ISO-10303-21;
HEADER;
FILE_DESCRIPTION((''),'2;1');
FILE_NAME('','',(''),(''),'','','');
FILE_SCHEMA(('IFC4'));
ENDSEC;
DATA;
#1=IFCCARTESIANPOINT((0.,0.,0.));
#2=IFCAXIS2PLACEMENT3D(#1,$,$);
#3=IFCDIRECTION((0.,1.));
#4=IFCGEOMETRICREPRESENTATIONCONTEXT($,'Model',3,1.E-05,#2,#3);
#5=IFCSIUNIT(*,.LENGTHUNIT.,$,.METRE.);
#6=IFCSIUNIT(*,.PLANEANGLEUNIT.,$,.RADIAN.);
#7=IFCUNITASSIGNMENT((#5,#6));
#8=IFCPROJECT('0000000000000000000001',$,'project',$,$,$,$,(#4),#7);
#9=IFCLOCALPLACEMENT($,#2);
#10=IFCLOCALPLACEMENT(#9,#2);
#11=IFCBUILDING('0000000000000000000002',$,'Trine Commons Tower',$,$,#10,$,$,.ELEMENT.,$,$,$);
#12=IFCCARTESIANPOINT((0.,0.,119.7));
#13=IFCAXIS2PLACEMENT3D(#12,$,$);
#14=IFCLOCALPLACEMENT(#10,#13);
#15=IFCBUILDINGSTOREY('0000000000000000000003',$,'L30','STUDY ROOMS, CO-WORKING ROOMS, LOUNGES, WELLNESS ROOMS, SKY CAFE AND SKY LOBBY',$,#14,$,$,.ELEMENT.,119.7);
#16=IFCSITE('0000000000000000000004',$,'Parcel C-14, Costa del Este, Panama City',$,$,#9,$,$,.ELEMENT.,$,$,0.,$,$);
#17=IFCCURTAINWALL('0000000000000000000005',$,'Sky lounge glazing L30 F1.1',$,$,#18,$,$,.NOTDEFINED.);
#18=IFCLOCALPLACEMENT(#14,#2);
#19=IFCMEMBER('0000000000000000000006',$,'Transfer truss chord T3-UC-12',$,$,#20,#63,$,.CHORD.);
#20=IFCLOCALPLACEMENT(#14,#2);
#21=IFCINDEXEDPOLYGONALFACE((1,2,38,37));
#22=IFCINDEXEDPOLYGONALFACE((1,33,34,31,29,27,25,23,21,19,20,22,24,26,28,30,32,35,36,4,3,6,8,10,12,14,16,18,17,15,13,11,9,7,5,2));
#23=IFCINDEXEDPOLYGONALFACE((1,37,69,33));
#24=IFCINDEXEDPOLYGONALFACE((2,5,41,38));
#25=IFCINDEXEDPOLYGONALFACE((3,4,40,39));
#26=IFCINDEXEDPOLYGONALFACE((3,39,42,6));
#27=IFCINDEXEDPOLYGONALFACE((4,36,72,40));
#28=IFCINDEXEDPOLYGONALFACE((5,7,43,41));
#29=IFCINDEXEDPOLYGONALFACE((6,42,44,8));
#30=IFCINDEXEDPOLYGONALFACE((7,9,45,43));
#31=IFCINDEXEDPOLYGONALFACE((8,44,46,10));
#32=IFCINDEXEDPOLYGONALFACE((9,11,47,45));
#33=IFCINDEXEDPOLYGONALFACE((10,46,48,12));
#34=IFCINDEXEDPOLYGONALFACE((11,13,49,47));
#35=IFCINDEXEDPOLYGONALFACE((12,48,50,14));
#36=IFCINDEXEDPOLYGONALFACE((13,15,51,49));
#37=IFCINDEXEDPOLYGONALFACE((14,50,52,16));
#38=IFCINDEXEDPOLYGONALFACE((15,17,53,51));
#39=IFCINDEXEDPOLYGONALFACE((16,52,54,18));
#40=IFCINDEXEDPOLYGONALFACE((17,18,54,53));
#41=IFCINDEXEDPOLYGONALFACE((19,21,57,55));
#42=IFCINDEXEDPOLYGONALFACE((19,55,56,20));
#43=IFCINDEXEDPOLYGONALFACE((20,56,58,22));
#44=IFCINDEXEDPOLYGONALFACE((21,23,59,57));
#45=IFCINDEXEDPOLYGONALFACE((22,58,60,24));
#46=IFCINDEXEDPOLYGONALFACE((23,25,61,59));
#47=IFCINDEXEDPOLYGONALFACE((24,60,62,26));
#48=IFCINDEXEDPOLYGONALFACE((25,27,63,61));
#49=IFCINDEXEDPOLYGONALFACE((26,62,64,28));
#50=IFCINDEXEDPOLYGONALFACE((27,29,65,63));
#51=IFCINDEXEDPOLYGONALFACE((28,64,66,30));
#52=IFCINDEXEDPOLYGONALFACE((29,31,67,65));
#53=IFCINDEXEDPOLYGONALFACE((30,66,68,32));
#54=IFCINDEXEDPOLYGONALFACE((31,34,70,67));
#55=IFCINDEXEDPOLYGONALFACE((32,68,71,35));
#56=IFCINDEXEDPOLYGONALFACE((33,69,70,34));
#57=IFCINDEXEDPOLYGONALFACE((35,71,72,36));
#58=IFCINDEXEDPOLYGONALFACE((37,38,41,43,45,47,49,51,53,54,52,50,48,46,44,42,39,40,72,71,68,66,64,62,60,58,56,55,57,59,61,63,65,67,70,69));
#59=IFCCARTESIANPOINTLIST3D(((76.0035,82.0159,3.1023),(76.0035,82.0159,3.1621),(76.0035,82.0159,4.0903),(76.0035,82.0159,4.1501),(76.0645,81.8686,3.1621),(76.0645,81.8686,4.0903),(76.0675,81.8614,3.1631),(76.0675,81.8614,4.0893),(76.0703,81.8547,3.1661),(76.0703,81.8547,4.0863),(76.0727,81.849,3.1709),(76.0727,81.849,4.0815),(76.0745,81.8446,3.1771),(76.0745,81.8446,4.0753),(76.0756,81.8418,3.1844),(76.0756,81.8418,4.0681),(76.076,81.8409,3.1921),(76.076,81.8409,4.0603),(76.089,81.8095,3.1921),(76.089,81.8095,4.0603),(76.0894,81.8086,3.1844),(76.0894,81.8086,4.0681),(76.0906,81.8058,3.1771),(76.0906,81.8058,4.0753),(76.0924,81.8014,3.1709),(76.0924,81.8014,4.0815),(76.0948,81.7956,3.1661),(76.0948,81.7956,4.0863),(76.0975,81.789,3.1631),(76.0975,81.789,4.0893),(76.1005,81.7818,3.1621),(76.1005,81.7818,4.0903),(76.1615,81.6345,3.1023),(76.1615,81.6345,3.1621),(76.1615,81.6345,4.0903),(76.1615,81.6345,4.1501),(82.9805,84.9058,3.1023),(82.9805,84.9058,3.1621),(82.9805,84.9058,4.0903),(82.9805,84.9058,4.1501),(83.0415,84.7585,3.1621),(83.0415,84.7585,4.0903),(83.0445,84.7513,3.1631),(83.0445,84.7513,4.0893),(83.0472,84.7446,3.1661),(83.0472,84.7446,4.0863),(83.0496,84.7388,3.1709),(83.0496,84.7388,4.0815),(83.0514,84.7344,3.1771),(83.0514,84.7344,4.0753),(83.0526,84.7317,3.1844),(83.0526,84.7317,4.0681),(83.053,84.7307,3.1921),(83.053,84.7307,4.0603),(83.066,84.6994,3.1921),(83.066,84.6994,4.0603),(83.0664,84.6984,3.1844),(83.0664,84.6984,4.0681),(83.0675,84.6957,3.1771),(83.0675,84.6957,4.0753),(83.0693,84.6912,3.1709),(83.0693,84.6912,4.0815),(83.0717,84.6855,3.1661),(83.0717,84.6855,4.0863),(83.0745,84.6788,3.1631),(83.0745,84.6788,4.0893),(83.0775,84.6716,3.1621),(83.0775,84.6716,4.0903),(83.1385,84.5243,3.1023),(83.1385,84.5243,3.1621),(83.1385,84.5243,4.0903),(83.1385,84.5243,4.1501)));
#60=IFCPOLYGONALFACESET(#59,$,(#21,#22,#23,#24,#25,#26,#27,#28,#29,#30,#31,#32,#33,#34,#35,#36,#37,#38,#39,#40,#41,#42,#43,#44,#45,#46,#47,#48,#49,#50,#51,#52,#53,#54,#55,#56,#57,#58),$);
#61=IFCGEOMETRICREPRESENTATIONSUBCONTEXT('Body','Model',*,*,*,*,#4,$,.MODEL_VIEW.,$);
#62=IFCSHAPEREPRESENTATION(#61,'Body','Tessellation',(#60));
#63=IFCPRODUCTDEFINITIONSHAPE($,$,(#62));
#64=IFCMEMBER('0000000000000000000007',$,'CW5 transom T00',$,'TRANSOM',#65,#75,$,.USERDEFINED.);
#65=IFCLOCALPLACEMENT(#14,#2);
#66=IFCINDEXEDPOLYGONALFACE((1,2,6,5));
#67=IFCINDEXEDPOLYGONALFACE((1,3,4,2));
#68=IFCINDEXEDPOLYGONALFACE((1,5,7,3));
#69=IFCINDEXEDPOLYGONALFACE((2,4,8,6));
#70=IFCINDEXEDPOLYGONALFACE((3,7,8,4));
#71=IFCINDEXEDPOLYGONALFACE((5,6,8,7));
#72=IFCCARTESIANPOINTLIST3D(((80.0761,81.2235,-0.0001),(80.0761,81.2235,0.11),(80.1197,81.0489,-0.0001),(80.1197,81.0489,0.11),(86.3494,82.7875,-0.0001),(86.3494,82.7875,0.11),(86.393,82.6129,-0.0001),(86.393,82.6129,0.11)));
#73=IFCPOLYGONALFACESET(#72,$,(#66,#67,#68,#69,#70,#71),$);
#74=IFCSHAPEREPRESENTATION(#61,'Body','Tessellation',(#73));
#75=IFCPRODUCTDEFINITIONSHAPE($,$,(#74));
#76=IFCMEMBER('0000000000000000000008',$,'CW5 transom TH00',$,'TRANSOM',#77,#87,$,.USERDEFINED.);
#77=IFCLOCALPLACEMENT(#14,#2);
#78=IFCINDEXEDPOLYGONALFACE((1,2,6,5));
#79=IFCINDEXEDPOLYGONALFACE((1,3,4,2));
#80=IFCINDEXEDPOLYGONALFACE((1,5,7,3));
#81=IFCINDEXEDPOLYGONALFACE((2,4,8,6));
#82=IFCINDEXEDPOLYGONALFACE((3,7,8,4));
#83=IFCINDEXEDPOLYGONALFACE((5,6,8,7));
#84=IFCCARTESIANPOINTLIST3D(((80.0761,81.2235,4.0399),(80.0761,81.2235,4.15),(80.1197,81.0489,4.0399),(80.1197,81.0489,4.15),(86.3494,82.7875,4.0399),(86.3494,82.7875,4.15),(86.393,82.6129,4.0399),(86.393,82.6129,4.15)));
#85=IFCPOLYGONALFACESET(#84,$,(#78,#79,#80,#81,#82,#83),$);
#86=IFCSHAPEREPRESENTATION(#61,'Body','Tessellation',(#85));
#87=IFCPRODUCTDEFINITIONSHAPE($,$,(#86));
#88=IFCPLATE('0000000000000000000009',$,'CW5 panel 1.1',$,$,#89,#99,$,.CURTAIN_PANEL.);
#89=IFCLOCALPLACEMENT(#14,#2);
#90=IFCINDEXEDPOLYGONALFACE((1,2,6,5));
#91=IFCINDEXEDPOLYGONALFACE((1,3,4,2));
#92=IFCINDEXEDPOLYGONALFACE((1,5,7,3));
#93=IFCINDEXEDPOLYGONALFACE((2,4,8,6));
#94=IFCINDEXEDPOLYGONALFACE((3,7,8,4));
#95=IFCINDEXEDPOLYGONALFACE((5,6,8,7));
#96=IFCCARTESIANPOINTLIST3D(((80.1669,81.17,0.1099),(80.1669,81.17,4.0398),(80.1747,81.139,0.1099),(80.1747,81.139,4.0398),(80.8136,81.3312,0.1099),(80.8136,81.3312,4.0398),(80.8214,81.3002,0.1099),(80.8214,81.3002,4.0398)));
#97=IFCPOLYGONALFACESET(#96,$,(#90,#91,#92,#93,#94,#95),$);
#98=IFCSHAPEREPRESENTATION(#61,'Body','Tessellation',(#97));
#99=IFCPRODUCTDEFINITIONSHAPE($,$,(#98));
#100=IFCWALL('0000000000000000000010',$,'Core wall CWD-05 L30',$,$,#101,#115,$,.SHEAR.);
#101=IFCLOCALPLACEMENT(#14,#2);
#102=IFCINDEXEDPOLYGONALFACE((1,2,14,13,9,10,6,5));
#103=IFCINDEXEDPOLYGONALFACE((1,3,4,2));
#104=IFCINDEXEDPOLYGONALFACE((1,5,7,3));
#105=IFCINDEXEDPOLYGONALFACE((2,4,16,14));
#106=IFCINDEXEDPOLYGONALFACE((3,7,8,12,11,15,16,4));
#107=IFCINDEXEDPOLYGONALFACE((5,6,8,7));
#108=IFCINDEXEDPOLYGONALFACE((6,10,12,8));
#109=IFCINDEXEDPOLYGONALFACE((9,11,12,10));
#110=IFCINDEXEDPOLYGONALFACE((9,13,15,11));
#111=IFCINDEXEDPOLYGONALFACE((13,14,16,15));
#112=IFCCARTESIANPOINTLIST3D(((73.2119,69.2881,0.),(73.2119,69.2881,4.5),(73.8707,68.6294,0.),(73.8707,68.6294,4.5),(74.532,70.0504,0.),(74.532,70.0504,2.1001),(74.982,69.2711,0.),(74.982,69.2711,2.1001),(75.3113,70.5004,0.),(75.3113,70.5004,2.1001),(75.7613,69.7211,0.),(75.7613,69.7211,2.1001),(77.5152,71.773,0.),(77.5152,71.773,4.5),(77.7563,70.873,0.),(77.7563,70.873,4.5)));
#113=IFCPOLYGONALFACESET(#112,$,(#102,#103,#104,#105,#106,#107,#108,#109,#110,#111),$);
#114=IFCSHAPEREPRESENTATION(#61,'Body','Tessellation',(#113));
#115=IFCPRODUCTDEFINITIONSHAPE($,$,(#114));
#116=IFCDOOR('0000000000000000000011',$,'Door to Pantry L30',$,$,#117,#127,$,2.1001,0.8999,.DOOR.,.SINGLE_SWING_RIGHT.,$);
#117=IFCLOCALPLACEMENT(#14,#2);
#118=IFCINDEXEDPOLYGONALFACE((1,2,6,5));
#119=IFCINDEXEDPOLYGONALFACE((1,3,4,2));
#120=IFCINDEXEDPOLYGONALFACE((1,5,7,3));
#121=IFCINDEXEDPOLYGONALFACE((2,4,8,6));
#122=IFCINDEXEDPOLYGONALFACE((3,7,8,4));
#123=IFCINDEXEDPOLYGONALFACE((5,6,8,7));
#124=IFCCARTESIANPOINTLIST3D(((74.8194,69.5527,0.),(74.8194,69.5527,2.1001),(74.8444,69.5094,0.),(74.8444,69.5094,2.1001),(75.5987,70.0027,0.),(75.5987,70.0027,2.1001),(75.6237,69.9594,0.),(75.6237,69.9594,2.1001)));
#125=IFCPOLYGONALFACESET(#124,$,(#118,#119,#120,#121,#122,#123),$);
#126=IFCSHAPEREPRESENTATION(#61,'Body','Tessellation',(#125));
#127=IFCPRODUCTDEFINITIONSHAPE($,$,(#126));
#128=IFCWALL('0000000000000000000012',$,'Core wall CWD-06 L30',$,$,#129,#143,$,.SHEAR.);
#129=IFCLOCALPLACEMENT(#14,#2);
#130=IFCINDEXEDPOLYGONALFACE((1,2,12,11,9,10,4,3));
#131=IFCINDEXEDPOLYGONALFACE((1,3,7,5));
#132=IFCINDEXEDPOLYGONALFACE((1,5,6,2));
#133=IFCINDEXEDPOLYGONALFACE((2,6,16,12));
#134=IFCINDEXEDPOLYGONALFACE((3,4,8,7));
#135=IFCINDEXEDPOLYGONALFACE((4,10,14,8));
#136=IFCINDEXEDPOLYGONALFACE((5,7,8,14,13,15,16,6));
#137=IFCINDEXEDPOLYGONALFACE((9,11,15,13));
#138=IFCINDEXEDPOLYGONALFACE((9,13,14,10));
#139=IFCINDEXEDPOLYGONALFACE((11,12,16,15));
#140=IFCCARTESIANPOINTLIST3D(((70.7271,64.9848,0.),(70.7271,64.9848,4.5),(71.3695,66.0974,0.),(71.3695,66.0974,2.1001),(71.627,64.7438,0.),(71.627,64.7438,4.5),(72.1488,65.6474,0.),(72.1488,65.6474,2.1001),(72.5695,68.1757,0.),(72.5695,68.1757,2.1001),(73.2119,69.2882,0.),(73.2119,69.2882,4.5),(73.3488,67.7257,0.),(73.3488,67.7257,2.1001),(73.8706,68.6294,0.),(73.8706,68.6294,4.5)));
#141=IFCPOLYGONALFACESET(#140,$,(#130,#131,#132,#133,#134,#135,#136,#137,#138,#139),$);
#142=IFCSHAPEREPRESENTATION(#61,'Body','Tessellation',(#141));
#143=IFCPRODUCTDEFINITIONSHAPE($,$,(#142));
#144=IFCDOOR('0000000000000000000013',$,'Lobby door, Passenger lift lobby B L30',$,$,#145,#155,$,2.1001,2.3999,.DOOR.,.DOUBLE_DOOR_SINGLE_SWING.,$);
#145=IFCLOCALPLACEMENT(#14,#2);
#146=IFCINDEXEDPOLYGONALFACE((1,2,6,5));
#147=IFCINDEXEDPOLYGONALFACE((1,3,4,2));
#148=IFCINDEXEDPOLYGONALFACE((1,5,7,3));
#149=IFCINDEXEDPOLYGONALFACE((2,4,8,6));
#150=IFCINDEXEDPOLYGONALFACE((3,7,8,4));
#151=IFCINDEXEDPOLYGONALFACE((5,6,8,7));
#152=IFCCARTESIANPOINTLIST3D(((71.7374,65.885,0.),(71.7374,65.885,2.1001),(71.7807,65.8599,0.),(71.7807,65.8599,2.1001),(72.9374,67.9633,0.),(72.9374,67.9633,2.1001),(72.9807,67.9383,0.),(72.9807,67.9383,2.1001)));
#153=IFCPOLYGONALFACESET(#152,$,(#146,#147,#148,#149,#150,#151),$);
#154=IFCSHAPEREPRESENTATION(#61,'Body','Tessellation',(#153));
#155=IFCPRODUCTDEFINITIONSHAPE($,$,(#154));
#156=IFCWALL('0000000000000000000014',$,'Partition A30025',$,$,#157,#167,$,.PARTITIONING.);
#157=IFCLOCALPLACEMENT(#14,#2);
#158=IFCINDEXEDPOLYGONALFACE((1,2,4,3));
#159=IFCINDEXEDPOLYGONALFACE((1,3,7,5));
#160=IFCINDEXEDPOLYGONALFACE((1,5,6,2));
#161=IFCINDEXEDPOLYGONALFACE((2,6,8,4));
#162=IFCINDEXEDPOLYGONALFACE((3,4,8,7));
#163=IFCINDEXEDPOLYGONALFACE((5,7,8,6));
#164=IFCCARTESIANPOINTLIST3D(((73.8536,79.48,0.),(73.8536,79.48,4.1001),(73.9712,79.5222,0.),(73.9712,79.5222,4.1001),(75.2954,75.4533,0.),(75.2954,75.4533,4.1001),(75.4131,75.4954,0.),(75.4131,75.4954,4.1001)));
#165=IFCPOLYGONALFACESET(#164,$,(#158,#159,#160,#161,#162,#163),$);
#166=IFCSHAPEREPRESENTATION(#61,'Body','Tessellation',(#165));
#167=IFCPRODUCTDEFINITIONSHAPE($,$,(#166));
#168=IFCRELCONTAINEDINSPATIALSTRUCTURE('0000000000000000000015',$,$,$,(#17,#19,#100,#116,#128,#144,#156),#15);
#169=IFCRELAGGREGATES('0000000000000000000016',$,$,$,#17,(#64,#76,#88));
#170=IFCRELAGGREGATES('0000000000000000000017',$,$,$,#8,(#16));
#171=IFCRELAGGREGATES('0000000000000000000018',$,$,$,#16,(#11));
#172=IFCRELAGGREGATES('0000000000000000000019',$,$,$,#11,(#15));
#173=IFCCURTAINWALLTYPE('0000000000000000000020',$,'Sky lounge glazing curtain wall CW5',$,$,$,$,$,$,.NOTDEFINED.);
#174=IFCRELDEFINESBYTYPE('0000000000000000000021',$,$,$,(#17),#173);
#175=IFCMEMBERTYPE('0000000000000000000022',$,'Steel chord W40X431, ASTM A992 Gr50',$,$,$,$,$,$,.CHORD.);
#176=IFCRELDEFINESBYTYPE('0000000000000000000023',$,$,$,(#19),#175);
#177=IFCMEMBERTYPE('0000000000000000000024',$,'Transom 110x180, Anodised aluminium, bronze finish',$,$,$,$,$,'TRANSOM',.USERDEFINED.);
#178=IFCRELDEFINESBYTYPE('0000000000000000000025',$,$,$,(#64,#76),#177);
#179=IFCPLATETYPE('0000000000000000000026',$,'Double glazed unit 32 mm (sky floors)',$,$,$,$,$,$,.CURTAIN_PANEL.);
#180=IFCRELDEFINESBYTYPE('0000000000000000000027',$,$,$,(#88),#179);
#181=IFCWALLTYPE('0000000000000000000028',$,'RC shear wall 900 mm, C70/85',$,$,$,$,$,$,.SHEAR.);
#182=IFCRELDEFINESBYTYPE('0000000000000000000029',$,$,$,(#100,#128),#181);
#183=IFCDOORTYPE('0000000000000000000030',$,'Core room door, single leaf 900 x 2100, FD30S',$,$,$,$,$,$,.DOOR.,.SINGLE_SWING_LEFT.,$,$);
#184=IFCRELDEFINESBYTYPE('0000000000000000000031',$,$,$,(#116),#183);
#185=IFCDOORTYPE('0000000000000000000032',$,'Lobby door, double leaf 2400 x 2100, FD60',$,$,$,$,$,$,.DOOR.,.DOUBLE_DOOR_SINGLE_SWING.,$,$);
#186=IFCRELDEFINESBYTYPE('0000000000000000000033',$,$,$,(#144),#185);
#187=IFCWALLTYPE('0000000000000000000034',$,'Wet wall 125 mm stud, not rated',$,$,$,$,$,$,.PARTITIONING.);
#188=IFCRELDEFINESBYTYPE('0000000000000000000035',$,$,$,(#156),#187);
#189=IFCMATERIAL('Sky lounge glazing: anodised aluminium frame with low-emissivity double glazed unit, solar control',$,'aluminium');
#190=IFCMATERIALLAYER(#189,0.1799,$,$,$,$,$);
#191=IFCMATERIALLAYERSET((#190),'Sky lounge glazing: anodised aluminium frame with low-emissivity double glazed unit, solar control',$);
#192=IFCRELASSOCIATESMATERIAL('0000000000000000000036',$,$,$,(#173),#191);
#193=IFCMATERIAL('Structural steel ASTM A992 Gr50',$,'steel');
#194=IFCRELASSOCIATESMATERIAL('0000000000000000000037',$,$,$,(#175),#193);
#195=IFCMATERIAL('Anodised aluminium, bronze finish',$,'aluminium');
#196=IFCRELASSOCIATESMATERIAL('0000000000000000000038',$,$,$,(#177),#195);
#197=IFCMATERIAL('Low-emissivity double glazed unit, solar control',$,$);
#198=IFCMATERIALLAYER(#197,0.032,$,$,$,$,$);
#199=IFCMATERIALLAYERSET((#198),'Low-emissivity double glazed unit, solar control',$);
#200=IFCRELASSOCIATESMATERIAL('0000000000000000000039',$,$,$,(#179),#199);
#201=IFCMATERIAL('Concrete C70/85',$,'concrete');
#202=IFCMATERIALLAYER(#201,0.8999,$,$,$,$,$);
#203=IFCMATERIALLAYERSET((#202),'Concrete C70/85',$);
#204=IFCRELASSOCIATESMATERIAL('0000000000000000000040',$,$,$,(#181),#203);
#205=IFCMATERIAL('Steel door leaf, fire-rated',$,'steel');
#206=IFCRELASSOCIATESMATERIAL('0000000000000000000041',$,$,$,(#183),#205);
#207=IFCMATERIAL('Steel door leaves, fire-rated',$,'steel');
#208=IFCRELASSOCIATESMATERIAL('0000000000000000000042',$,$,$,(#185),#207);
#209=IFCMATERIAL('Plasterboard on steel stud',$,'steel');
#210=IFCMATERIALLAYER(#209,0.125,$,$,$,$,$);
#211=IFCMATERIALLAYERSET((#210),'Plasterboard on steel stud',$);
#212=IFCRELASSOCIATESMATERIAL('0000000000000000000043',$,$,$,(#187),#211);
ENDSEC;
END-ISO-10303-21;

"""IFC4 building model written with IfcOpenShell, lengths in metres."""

from ifc_helpers import new_model, si_unit, direction, frame, frame_2d, origin, origin_2d, place, context, subcontext, project, spatial, polyline, rectangle, i_section, outline, extrude, material, layer, layer_set, material_profile, profile_set, type_object, element, fill, aggregate, save


model = new_model("IFC4")

# Units and contexts
model_context = context("Model", 3, precision=1e-05, world=origin(), true_north=direction((0.0, 1.0)))
body_context = subcontext(model_context, "Body", "Model", "MODEL_VIEW")
ifc_project = project(units=[si_unit("LENGTHUNIT", "METRE"), si_unit("PLANEANGLEUNIT", "RADIAN")], contexts=[model_context])

# Site, building, storey
site_placement = place(None, origin())
site = spatial("IfcSite", under=ifc_project, at=site_placement, Name="Parcel C-14, Costa del Este, Panama City", CompositionType="ELEMENT", RefElevation=0.0)
building_placement = place(site_placement, origin())
building = spatial("IfcBuilding", under=site, at=building_placement, Name="Trine Commons Tower", CompositionType="ELEMENT")
storey_placement = place(building_placement, frame((0.0, 0.0, 119.7)))
storey = spatial("IfcBuildingStorey", under=building, at=storey_placement, Name="L30", Description="STUDY ROOMS, CO-WORKING ROOMS, LOUNGES, WELLNESS ROOMS, SKY CAFE AND SKY LOBBY", CompositionType="ELEMENT", Elevation=119.7)

# Curtain wall
ifc_material_1 = material(Name="Sky lounge glazing: anodised aluminium frame with low-emissivity double glazed unit, solar control", Category="aluminium")
ifc_layer_1 = layer(ifc_material_1, 0.1799)
ifc_layer_set_1 = layer_set([ifc_layer_1], Name="Sky lounge glazing: anodised aluminium frame with low-emissivity double glazed unit, solar control")
curtain_wall_type = type_object("IfcCurtainWallType", Name="Sky lounge glazing curtain wall CW5", PredefinedType="NOTDEFINED", material=ifc_layer_set_1)
curtain_wall_placement = place(storey_placement, origin())
curtain_wall = element("IfcCurtainWall", 1, at=curtain_wall_placement, inside=storey, type_object=curtain_wall_type, Name="Sky lounge glazing L30 F1.1", PredefinedType="NOTDEFINED")
ifc_material_2 = material(Name="Anodised aluminium, bronze finish", Category="aluminium")

# Member
ifc_material_3 = material(Name="Structural steel ASTM A992 Gr50", Category="steel")
ifc_material_profile_1 = material_profile(ifc_material_3, i_section(OverallWidth=0.4128, OverallDepth=1.0479, WebThickness=0.0339, FlangeThickness=0.0598, FilletRadius=0.03, at=origin_2d()), Name="W40X431")
ifc_profile_set_1 = profile_set([ifc_material_profile_1], Name="Structural steel ASTM A992 Gr50")
member_type_1 = type_object("IfcMemberType", Name="Steel chord W40X431, ASTM A992 Gr50", PredefinedType="CHORD", material=ifc_profile_set_1)
member_1_placement = place(storey_placement, frame((76.0825, 81.8252, 3.6262), z_axis=(0.923884, 0.382673, 0.0), x_axis=(-0.382673, 0.923884, 0.0)))
element("IfcMember", 2, at=member_1_placement, inside=storey, type_object=member_type_1, Name="Transfer truss chord T3-UC-12", PredefinedType="CHORD", context=body_context, shape_type="SweptSolid", body=[
    extrude(i_section(OverallWidth=0.4128, OverallDepth=1.0479, WebThickness=0.0339, FlangeThickness=0.0598, FilletRadius=0.03, at=origin_2d()), origin(), (0.0, 0.0, 1.0), 7.5518),
])

# Members
ifc_material_profile_2 = material_profile(ifc_material_2, rectangle(XDim=0.1799, YDim=0.1101, at=origin_2d()), Name="Transom 110x180")
ifc_profile_set_2 = profile_set([ifc_material_profile_2], Name="Anodised aluminium, bronze finish")
member_type_2 = type_object("IfcMemberType", Name="Transom 110x180, Anodised aluminium, bronze finish", ElementType="TRANSOM", PredefinedType="USERDEFINED", material=ifc_profile_set_2)
member_2_placement = place(storey_placement, frame((80.0979, 81.1362, 0.0549), z_axis=(0.9703, 0.241905, 0.0), x_axis=(-0.241905, 0.9703, 0.0)))
member_2 = element("IfcMember", 3, at=member_2_placement, type_object=member_type_2, Name="CW5 transom T00", ObjectType="TRANSOM", PredefinedType="USERDEFINED", context=body_context, shape_type="SweptSolid", body=[
    extrude(rectangle(XDim=0.1799, YDim=0.1101, at=origin_2d()), origin(), (0.0, 0.0, 1.0), 6.4653),
])
member_3_placement = place(storey_placement, frame((80.0979, 81.1362, 4.095), z_axis=(0.9703, 0.241905, 0.0), x_axis=(-0.241905, 0.9703, 0.0)))
member_3 = element("IfcMember", 4, at=member_3_placement, type_object=member_type_2, Name="CW5 transom TH00", ObjectType="TRANSOM", PredefinedType="USERDEFINED", context=body_context, shape_type="SweptSolid", body=[
    extrude(rectangle(XDim=0.1799, YDim=0.1101, at=origin_2d()), origin(), (0.0, 0.0, 1.0), 6.4653),
])

# Plate
ifc_material_4 = material(Name="Low-emissivity double glazed unit, solar control")
ifc_layer_2 = layer(ifc_material_4, 0.032)
ifc_layer_set_2 = layer_set([ifc_layer_2], Name="Low-emissivity double glazed unit, solar control")
plate_type = type_object("IfcPlateType", Name="Double glazed unit 32 mm (sky floors)", PredefinedType="CURTAIN_PANEL", material=ifc_layer_set_2)
plate_placement = place(storey_placement, frame((80.4941, 81.2351, 0.1099), z_axis=(0.0, 0.0, 1.0), x_axis=(0.970296, 0.241922, 0.0)))
plate = element("IfcPlate", 5, at=plate_placement, type_object=plate_type, Name="CW5 panel 1.1", PredefinedType="CURTAIN_PANEL", context=body_context, shape_type="SweptSolid", body=[
    extrude(rectangle(XDim=0.6665, YDim=0.032, at=origin_2d()), origin(), (0.0, 0.0, 1.0), 3.9299),
])
aggregate(curtain_wall, [member_2, member_3, plate])

# Walls, openings, doors
ifc_material_5 = material(Name="Concrete C70/85", Category="concrete")
ifc_layer_3 = layer(ifc_material_5, 0.8999)
ifc_layer_set_3 = layer_set([ifc_layer_3], Name="Concrete C70/85")
wall_type_1 = type_object("IfcWallType", Name="RC shear wall 900 mm, C70/85", PredefinedType="SHEAR", material=ifc_layer_set_3)
wall_1_placement = place(storey_placement, frame((77.7402, 71.3833, 0.0), z_axis=(0.0, 0.0, 1.0), x_axis=(-0.866003, -0.500039, 0.0)))
wall_1 = element("IfcWall", 6, at=wall_1_placement, inside=storey, type_object=wall_type_1, Name="Core wall CWD-05 L30", PredefinedType="SHEAR", context=body_context, shape_type="SweptSolid", body=[
    extrude(outline(polyline([(0.0, -0.45), (4.9692, -0.45), (4.728, 0.45), (0.2412, 0.45), (0.0, -0.45)])), origin(), (0.0, 0.0, 1.0), 4.5),
])
opening_1_placement = place(wall_1_placement, frame((2.5449, 0.0, 0.0)))
opening_1 = element("IfcOpeningElement", 7, at=opening_1_placement, cuts=wall_1, PredefinedType="OPENING", context=body_context, shape_type="SweptSolid", body=[
    extrude(rectangle(XDim=0.8999, YDim=2.1001, at=frame_2d((0.45, 1.05))), frame((0.0, 0.46, 0.0), z_axis=(0.0, -1.0, 0.0), x_axis=(1.0, 0.0, 0.0)), (0.0, 0.0, 1.0), 0.9199),
])
ifc_material_6 = material(Name="Steel door leaf, fire-rated", Category="steel")
door_type_1 = type_object("IfcDoorType", Name="Core room door, single leaf 900 x 2100, FD30S", OperationType="SINGLE_SWING_LEFT", PredefinedType="DOOR", material=ifc_material_6)
door_1_placement = place(opening_1_placement, origin())
door_1 = element("IfcDoor", 8, at=door_1_placement, inside=storey, type_object=door_type_1, Name="Door to Pantry L30", OperationType="SINGLE_SWING_RIGHT", OverallHeight=2.1001, OverallWidth=0.8999, PredefinedType="DOOR", context=body_context, shape_type="SweptSolid", body=[
    extrude(rectangle(XDim=0.8999, YDim=2.1001, at=frame_2d((0.45, 1.05))), frame((0.0, 0.1748, 0.0), z_axis=(0.0, -1.0, 0.0), x_axis=(1.0, 0.0, 0.0)), (0.0, 0.0, 1.0), 0.05),
])
fill(opening_1, door_1)
wall_2_placement = place(storey_placement, frame((73.6016, 69.0632, 0.0), z_axis=(0.0, 0.0, 1.0), x_axis=(-0.500039, -0.866003, 0.0)))
wall_2 = element("IfcWall", 9, at=wall_2_placement, inside=storey, type_object=wall_type_1, Name="Core wall CWD-06 L30", PredefinedType="SHEAR", context=body_context, shape_type="SweptSolid", body=[
    extrude(outline(polyline([(0.0, -0.45), (4.9692, -0.45), (4.728, 0.45), (0.2412, 0.45), (0.0, -0.45)])), origin(), (0.0, 0.0, 1.0), 4.5),
])
opening_2_placement = place(wall_2_placement, frame((1.2847, 0.0, 0.0)))
opening_2 = element("IfcOpeningElement", 10, at=opening_2_placement, cuts=wall_2, PredefinedType="OPENING", context=body_context, shape_type="SweptSolid", body=[
    extrude(rectangle(XDim=2.3999, YDim=2.1001, at=frame_2d((1.2, 1.05))), frame((0.0, 0.46, 0.0), z_axis=(0.0, -1.0, 0.0), x_axis=(1.0, 0.0, 0.0)), (0.0, 0.0, 1.0), 0.9199),
])
ifc_material_7 = material(Name="Steel door leaves, fire-rated", Category="steel")
door_type_2 = type_object("IfcDoorType", Name="Lobby door, double leaf 2400 x 2100, FD60", OperationType="DOUBLE_DOOR_SINGLE_SWING", PredefinedType="DOOR", material=ifc_material_7)
door_2_placement = place(opening_2_placement, origin())
door_2 = element("IfcDoor", 11, at=door_2_placement, inside=storey, type_object=door_type_2, Name="Lobby door, Passenger lift lobby B L30", OperationType="DOUBLE_DOOR_SINGLE_SWING", OverallHeight=2.1001, OverallWidth=2.3999, PredefinedType="DOOR", context=body_context, shape_type="SweptSolid", body=[
    extrude(rectangle(XDim=2.3999, YDim=2.1001, at=frame_2d((1.2, 1.05))), frame((0.0, 0.0249, 0.0), z_axis=(0.0, -1.0, 0.0), x_axis=(1.0, 0.0, 0.0)), (0.0, 0.0, 1.0), 0.05),
])
fill(opening_2, door_2)

# Wall
ifc_material_8 = material(Name="Plasterboard on steel stud", Category="steel")
ifc_layer_4 = layer(ifc_material_8, 0.125)
ifc_layer_set_4 = layer_set([ifc_layer_4], Name="Plasterboard on steel stud")
wall_type_2 = type_object("IfcWallType", Name="Wet wall 125 mm stud, not rated", PredefinedType="PARTITIONING", material=ifc_layer_set_4)
wall_3_placement = place(storey_placement, frame((73.9124, 79.5012, 0.0), z_axis=(0.0, 0.0, 1.0), x_axis=(0.33711, -0.941465, 0.0)))
element("IfcWall", 12, at=wall_3_placement, inside=storey, type_object=wall_type_2, Name="Partition A30025", PredefinedType="PARTITIONING", context=body_context, shape_type="SweptSolid", body=[
    extrude(rectangle(XDim=4.2771, YDim=0.125, at=frame_2d((2.1387, 0.0))), origin(), (0.0, 0.0, 1.0), 4.1001),
])

save(model, "model.ifc")
